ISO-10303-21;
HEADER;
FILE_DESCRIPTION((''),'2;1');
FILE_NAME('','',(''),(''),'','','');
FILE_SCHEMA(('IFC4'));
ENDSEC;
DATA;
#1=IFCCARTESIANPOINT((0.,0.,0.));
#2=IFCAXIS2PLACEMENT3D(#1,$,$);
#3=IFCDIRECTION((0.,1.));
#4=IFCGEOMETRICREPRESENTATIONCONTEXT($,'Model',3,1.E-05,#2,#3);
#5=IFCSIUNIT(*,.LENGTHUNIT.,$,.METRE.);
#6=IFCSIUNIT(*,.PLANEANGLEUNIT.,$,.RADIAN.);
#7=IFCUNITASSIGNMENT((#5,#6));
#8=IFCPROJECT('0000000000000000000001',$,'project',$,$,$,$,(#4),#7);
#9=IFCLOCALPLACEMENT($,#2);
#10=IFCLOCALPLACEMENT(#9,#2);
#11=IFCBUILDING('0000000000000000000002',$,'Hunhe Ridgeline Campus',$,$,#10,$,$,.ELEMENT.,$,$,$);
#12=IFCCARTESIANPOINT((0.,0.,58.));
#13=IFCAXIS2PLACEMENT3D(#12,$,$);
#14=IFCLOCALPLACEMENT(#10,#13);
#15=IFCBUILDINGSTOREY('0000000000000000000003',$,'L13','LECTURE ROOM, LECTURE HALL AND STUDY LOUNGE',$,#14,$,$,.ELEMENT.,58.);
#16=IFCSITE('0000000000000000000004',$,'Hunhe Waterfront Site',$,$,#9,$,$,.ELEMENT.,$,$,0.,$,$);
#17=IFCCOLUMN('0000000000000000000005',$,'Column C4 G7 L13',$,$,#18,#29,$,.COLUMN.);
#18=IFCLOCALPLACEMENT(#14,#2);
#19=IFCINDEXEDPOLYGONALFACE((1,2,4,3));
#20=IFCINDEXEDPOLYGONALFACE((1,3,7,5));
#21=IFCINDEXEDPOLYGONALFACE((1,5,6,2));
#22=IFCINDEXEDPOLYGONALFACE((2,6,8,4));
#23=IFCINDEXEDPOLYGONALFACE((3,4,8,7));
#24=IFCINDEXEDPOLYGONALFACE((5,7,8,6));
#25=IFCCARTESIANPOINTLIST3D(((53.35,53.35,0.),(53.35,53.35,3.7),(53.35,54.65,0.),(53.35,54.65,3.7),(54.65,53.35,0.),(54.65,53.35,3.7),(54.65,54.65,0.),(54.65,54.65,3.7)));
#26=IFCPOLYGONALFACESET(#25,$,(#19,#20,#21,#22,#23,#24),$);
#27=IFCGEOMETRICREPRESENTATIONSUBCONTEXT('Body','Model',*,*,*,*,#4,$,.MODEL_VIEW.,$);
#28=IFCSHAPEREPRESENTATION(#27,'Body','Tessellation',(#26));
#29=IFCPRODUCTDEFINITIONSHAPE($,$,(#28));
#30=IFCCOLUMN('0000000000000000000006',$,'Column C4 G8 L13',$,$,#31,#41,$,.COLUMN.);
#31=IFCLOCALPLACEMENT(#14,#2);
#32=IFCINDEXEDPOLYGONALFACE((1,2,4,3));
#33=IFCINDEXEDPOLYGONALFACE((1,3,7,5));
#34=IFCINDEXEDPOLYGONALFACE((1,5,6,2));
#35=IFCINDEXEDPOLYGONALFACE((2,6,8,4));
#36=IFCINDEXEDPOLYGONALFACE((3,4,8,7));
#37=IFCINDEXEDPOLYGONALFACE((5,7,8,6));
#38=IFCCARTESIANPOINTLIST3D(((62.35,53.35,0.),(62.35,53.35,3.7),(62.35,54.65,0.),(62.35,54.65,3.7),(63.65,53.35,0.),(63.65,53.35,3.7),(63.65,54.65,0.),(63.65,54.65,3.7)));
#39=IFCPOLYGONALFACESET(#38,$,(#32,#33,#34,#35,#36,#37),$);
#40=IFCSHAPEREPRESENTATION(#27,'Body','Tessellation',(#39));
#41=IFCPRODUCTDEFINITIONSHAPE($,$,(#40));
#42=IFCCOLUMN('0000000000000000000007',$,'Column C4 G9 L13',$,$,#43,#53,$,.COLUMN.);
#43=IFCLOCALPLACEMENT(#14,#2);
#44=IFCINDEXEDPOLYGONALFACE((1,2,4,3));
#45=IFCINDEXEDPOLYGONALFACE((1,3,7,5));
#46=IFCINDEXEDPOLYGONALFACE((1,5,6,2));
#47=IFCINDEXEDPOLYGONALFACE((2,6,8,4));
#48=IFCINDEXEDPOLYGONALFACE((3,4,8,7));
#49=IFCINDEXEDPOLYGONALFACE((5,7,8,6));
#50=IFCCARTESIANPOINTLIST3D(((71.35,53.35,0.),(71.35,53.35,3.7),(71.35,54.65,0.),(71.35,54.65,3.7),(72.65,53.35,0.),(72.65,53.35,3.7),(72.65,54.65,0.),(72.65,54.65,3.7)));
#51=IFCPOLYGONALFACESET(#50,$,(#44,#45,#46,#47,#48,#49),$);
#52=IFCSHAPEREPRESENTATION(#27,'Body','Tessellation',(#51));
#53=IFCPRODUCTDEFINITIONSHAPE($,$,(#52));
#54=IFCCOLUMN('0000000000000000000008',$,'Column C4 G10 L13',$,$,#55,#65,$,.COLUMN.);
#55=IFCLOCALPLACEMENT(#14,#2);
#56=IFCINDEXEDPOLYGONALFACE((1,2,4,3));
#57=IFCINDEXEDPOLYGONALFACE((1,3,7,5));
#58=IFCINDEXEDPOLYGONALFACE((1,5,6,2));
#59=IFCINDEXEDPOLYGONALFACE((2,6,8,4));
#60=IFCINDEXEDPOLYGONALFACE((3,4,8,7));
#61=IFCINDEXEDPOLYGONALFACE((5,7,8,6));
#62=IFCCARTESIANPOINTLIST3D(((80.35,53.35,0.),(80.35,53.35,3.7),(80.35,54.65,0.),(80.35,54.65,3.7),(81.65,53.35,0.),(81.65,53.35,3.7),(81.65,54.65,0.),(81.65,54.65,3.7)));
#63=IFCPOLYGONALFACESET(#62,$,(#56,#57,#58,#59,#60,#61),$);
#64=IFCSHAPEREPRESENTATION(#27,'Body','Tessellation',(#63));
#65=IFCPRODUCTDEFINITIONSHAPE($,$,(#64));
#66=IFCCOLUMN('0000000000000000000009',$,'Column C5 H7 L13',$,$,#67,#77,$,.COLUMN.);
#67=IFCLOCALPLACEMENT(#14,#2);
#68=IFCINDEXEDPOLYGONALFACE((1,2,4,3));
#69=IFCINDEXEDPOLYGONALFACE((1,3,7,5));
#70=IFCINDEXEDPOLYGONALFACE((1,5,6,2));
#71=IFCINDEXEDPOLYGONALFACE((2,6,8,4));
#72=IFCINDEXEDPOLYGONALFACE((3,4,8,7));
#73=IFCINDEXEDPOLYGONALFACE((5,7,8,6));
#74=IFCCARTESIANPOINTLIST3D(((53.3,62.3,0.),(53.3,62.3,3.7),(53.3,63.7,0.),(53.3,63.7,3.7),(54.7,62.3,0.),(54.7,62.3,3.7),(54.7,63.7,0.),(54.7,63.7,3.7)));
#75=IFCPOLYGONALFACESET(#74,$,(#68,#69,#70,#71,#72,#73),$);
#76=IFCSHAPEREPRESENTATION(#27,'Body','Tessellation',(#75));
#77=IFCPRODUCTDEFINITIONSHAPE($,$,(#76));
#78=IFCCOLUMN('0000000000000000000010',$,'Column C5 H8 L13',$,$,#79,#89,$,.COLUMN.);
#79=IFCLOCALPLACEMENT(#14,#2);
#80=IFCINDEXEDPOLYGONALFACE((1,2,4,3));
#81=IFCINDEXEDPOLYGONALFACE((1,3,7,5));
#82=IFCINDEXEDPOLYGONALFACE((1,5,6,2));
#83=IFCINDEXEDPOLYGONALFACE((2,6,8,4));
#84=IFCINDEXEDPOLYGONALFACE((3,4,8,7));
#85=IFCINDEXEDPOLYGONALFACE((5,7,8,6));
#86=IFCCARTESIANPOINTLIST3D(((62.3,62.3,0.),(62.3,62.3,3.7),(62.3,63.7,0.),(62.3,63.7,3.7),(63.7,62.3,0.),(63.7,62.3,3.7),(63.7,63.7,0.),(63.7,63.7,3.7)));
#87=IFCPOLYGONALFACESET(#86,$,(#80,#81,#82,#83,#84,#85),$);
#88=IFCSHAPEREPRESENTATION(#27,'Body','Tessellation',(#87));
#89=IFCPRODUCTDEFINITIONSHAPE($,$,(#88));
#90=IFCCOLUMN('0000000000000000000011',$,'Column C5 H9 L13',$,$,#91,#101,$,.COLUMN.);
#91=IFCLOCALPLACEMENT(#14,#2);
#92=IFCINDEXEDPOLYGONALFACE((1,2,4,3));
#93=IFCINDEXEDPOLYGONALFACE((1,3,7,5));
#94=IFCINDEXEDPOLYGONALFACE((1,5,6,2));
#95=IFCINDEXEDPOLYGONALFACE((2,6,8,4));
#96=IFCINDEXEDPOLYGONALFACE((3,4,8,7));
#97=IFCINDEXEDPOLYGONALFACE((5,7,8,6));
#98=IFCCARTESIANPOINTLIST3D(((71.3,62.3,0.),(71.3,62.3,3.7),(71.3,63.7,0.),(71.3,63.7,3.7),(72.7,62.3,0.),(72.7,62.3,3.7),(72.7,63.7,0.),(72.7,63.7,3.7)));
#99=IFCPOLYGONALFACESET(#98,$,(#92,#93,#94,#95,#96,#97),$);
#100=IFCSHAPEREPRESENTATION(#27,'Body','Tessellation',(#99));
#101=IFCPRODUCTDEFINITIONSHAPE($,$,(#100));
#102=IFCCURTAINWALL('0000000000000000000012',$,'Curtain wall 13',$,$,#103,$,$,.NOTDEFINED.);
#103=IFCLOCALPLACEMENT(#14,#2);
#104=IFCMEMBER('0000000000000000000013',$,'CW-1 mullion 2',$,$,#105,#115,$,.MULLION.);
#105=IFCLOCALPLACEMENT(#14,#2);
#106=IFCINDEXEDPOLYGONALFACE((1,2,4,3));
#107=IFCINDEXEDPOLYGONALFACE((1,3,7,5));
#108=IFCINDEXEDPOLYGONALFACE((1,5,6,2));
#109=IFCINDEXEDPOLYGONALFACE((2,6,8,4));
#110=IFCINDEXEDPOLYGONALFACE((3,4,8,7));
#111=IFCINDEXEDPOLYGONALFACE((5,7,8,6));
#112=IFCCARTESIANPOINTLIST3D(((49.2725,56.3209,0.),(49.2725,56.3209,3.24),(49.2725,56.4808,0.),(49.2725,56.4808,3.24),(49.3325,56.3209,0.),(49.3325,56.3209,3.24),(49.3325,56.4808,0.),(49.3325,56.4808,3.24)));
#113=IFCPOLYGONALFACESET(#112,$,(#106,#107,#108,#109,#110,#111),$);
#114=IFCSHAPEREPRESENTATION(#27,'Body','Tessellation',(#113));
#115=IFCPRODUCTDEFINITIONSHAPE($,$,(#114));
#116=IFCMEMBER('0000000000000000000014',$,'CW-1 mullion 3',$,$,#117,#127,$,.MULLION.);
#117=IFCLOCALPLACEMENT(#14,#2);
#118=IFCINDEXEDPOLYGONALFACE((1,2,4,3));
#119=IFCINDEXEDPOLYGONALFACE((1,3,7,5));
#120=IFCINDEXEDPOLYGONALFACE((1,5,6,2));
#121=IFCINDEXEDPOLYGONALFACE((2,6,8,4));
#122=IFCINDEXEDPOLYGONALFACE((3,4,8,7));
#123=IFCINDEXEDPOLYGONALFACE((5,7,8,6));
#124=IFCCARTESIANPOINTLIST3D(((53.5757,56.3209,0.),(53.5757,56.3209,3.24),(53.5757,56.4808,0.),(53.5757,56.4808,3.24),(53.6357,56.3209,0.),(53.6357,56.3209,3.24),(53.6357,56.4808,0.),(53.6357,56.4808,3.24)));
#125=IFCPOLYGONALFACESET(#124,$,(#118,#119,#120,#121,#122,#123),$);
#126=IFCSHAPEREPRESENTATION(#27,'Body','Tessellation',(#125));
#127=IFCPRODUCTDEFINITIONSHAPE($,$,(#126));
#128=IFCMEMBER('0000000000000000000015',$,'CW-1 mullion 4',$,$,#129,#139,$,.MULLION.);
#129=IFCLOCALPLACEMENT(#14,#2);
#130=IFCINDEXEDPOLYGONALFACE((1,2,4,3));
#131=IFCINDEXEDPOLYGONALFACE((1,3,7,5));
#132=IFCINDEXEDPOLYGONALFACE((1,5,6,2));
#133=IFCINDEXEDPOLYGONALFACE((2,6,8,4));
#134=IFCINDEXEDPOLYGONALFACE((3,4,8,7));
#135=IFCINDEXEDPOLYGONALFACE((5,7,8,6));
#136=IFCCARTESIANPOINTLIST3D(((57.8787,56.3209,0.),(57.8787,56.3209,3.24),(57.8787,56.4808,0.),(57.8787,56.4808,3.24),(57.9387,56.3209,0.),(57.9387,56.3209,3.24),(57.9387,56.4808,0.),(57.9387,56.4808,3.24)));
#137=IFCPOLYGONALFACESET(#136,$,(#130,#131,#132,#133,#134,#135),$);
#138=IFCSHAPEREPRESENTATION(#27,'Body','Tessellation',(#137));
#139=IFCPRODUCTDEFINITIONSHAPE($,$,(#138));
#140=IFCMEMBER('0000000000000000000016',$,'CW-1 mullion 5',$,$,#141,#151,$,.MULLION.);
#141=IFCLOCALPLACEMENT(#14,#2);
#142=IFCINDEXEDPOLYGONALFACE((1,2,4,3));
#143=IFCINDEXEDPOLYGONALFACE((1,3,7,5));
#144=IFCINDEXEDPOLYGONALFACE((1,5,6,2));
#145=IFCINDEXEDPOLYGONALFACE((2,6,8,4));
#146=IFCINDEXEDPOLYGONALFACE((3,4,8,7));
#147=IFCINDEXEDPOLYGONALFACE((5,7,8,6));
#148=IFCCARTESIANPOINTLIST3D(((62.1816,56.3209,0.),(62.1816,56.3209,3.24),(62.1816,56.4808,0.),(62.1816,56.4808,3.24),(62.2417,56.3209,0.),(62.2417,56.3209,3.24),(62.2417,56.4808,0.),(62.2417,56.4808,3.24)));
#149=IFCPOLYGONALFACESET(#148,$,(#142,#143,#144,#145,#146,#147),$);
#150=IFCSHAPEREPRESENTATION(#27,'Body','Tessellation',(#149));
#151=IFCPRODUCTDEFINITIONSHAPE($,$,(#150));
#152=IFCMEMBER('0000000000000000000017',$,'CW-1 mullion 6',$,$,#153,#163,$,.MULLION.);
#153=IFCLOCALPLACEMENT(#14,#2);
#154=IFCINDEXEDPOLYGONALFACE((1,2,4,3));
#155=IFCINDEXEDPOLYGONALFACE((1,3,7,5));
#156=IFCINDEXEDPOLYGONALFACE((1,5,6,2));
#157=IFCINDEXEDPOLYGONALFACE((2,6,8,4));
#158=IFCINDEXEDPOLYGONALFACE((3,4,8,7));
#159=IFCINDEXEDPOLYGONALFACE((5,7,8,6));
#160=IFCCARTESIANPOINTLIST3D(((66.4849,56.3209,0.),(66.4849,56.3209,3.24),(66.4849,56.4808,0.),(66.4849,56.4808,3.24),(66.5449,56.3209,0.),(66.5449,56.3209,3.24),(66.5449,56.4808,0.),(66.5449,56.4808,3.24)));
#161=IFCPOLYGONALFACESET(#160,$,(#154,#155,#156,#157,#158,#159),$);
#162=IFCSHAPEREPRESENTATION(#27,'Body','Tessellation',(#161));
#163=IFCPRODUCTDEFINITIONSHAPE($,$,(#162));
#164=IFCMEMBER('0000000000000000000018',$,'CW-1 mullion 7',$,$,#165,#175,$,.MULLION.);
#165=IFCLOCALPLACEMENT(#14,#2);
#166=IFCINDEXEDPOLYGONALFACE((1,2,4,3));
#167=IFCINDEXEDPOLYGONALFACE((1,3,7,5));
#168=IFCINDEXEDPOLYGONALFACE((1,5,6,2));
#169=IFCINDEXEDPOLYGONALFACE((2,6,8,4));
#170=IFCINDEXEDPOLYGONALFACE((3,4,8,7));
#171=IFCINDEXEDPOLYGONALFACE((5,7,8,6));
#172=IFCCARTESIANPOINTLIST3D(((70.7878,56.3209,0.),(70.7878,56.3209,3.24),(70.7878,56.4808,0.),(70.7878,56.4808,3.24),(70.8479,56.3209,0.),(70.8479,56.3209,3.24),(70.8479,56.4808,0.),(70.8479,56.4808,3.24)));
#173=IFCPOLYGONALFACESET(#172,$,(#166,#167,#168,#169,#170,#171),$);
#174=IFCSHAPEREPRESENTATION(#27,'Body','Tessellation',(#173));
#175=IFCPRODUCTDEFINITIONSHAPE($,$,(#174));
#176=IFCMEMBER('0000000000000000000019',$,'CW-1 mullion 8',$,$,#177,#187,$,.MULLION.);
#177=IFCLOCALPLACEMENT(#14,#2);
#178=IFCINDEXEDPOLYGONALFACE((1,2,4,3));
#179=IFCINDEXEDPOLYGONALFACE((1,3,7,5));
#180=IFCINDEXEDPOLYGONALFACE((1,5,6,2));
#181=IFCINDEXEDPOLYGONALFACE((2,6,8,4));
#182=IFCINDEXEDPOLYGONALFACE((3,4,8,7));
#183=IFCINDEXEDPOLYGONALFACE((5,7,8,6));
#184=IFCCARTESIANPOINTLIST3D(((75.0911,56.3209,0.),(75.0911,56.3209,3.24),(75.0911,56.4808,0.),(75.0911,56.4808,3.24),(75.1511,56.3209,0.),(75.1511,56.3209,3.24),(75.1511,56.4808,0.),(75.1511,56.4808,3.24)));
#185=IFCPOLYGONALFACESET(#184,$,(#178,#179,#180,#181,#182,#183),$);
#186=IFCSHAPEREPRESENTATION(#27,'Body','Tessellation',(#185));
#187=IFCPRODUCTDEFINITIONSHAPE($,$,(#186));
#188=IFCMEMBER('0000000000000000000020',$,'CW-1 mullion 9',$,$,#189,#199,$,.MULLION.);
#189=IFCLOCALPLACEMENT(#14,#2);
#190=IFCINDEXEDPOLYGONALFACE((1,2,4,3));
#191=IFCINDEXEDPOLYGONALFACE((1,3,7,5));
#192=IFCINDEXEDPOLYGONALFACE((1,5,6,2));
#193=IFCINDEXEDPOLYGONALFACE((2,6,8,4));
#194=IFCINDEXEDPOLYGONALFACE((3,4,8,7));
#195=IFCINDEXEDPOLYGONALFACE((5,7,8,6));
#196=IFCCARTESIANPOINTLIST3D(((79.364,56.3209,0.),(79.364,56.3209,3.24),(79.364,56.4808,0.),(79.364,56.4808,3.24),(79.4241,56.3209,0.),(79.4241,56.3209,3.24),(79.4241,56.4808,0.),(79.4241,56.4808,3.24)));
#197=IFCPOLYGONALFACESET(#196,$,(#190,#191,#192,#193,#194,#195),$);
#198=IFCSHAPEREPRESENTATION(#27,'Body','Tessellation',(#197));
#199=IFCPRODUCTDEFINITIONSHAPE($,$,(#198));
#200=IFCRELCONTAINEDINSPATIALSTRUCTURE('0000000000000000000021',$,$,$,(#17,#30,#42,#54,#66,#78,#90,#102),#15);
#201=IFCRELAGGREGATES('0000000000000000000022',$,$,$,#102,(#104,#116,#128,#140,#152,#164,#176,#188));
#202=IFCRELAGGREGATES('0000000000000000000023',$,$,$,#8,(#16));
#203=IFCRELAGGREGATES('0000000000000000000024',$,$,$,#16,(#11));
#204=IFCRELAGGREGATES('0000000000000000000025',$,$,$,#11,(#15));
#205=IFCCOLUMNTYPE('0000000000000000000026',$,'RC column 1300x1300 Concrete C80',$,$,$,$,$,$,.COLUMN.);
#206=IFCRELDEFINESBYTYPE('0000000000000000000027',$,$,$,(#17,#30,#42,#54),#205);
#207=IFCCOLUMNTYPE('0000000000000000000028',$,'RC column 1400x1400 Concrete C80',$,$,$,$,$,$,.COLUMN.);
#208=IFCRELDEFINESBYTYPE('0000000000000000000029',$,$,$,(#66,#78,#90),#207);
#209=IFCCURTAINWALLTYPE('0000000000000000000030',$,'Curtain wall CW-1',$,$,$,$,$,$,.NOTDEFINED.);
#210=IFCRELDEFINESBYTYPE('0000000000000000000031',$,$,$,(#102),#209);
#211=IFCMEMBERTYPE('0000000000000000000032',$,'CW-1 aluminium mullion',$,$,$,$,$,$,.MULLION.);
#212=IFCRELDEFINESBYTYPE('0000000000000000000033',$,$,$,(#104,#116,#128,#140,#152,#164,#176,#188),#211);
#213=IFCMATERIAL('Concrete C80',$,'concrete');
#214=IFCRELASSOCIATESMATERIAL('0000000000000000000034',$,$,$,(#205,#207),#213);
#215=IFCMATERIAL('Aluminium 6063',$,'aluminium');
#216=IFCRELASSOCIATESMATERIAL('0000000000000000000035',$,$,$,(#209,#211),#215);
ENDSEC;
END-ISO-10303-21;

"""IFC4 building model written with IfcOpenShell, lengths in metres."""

from ifc_helpers import new_model, si_unit, direction, frame, origin, origin_2d, place, context, subcontext, project, spatial, rectangle, extrude, material, material_profile, profile_set, type_object, element, aggregate, save


model = new_model("IFC4")

# Units and contexts
model_context = context("Model", 3, precision=1e-05, world=origin(), true_north=direction((0.0, 1.0)))
body_context = subcontext(model_context, "Body", "Model", "MODEL_VIEW")
ifc_project = project(units=[si_unit("LENGTHUNIT", "METRE"), si_unit("PLANEANGLEUNIT", "RADIAN")], contexts=[model_context])

# Site, building, storey
site_placement = place(None, origin())
site = spatial("IfcSite", under=ifc_project, at=site_placement, Name="Hunhe Waterfront Site", CompositionType="ELEMENT", RefElevation=0.0)
building_placement = place(site_placement, origin())
building = spatial("IfcBuilding", under=site, at=building_placement, Name="Hunhe Ridgeline Campus", CompositionType="ELEMENT")
storey_placement = place(building_placement, frame((0.0, 0.0, 58.0)))
storey = spatial("IfcBuildingStorey", under=building, at=storey_placement, Name="L13", Description="LECTURE ROOM, LECTURE HALL AND STUDY LOUNGE", CompositionType="ELEMENT", Elevation=58.0)

# Columns
ifc_material_1 = material(Name="Concrete C80", Category="concrete")
ifc_material_profile_1 = material_profile(ifc_material_1, rectangle(XDim=1.3, YDim=1.3, at=origin_2d()))
ifc_profile_set_1 = profile_set([ifc_material_profile_1], Name="Concrete C80")
column_type_1 = type_object("IfcColumnType", Name="RC column 1300x1300 Concrete C80", PredefinedType="COLUMN", material=ifc_profile_set_1)
for number, where, z_axis, x_axis, name in (
    (1, (54.0, 54.0, 0.0), (0.0, 0.0, 1.0), (1.0, 0.0, 0.0), "Column C4 G7 L13"),
    (2, (63.0, 54.0, 0.0), (0.0, 0.0, 1.0), (1.0, 0.0, 0.0), "Column C4 G8 L13"),
    (3, (72.0, 54.0, 0.0), (0.0, 0.0, 1.0), (1.0, 0.0, 0.0), "Column C4 G9 L13"),
    (4, (81.0, 54.0, 0.0), (0.0, 0.0, 1.0), (1.0, 0.0, 0.0), "Column C4 G10 L13"),
):
    element("IfcColumn", number, at=place(storey_placement, frame(where, z_axis=z_axis, x_axis=x_axis)), inside=storey, type_object=column_type_1, Name=name, PredefinedType="COLUMN", context=body_context, shape_type="SweptSolid", body=[
        extrude(rectangle(XDim=1.3, YDim=1.3, at=origin_2d()), origin(), (0.0, 0.0, 1.0), 3.7),
    ])
ifc_material_profile_2 = material_profile(ifc_material_1, rectangle(XDim=1.3999, YDim=1.3999, at=origin_2d()))
ifc_profile_set_2 = profile_set([ifc_material_profile_2], Name="Concrete C80")
column_type_2 = type_object("IfcColumnType", Name="RC column 1400x1400 Concrete C80", PredefinedType="COLUMN", material=ifc_profile_set_2)
for number, where, z_axis, x_axis, name in (
    (5, (54.0, 63.0, 0.0), (0.0, 0.0, 1.0), (1.0, 0.0, 0.0), "Column C5 H7 L13"),
    (6, (63.0, 63.0, 0.0), (0.0, 0.0, 1.0), (1.0, 0.0, 0.0), "Column C5 H8 L13"),
    (7, (72.0, 63.0, 0.0), (0.0, 0.0, 1.0), (1.0, 0.0, 0.0), "Column C5 H9 L13"),
):
    element("IfcColumn", number, at=place(storey_placement, frame(where, z_axis=z_axis, x_axis=x_axis)), inside=storey, type_object=column_type_2, Name=name, PredefinedType="COLUMN", context=body_context, shape_type="SweptSolid", body=[
        extrude(rectangle(XDim=1.3999, YDim=1.3999, at=origin_2d()), origin(), (0.0, 0.0, 1.0), 3.7),
    ])

# Curtain wall, members
ifc_material_2 = material(Name="Aluminium 6063", Category="aluminium")
curtain_wall_type = type_object("IfcCurtainWallType", Name="Curtain wall CW-1", PredefinedType="NOTDEFINED", material=ifc_material_2)
curtain_wall_placement = place(storey_placement, origin())
curtain_wall = element("IfcCurtainWall", 8, at=curtain_wall_placement, inside=storey, type_object=curtain_wall_type, Name="Curtain wall 13", PredefinedType="NOTDEFINED")
ifc_material_profile_3 = material_profile(ifc_material_2, rectangle(XDim=0.1599, YDim=0.0601, at=origin_2d()))
ifc_profile_set_3 = profile_set([ifc_material_profile_3], Name="Aluminium 6063")
member_type = type_object("IfcMemberType", Name="CW-1 aluminium mullion", PredefinedType="MULLION", material=ifc_profile_set_3)
member_1_placement = place(storey_placement, frame((49.3025, 56.4009, 0.0), z_axis=(0.0, 0.0, 1.0), x_axis=(-0.000004, 1.0, 0.0)))
member_1 = element("IfcMember", 9, at=member_1_placement, type_object=member_type, Name="CW-1 mullion 2", PredefinedType="MULLION", context=body_context, shape_type="SweptSolid", body=[
    extrude(rectangle(XDim=0.1599, YDim=0.0601, at=origin_2d()), origin(), (0.0, 0.0, 1.0), 3.24),
])
member_2_placement = place(storey_placement, frame((53.6057, 56.4009, 0.0), z_axis=(0.0, 0.0, 1.0), x_axis=(-0.000004, 1.0, 0.0)))
member_2 = element("IfcMember", 10, at=member_2_placement, type_object=member_type, Name="CW-1 mullion 3", PredefinedType="MULLION", context=body_context, shape_type="SweptSolid", body=[
    extrude(rectangle(XDim=0.1599, YDim=0.0601, at=origin_2d()), origin(), (0.0, 0.0, 1.0), 3.24),
])
member_3_placement = place(storey_placement, frame((57.9087, 56.4009, 0.0), z_axis=(0.0, 0.0, 1.0), x_axis=(-0.000004, 1.0, 0.0)))
member_3 = element("IfcMember", 11, at=member_3_placement, type_object=member_type, Name="CW-1 mullion 4", PredefinedType="MULLION", context=body_context, shape_type="SweptSolid", body=[
    extrude(rectangle(XDim=0.1599, YDim=0.0601, at=origin_2d()), origin(), (0.0, 0.0, 1.0), 3.24),
])
member_4_placement = place(storey_placement, frame((62.2117, 56.4009, 0.0), z_axis=(0.0, 0.0, 1.0), x_axis=(-0.000004, 1.0, 0.0)))
member_4 = element("IfcMember", 12, at=member_4_placement, type_object=member_type, Name="CW-1 mullion 5", PredefinedType="MULLION", context=body_context, shape_type="SweptSolid", body=[
    extrude(rectangle(XDim=0.1599, YDim=0.0601, at=origin_2d()), origin(), (0.0, 0.0, 1.0), 3.24),
])
member_5_placement = place(storey_placement, frame((66.5149, 56.4009, 0.0), z_axis=(0.0, 0.0, 1.0), x_axis=(-0.000004, 1.0, 0.0)))
member_5 = element("IfcMember", 13, at=member_5_placement, type_object=member_type, Name="CW-1 mullion 6", PredefinedType="MULLION", context=body_context, shape_type="SweptSolid", body=[
    extrude(rectangle(XDim=0.1599, YDim=0.0601, at=origin_2d()), origin(), (0.0, 0.0, 1.0), 3.24),
])
member_6_placement = place(storey_placement, frame((70.8179, 56.4009, 0.0), z_axis=(0.0, 0.0, 1.0), x_axis=(-0.000004, 1.0, 0.0)))
member_6 = element("IfcMember", 14, at=member_6_placement, type_object=member_type, Name="CW-1 mullion 7", PredefinedType="MULLION", context=body_context, shape_type="SweptSolid", body=[
    extrude(rectangle(XDim=0.1599, YDim=0.0601, at=origin_2d()), origin(), (0.0, 0.0, 1.0), 3.24),
])
member_7_placement = place(storey_placement, frame((75.1211, 56.4009, 0.0), z_axis=(0.0, 0.0, 1.0), x_axis=(-0.000004, 1.0, 0.0)))
member_7 = element("IfcMember", 15, at=member_7_placement, type_object=member_type, Name="CW-1 mullion 8", PredefinedType="MULLION", context=body_context, shape_type="SweptSolid", body=[
    extrude(rectangle(XDim=0.1599, YDim=0.0601, at=origin_2d()), origin(), (0.0, 0.0, 1.0), 3.24),
])
member_8_placement = place(storey_placement, frame((79.394, 56.4009, 0.0), z_axis=(0.0, 0.0, 1.0), x_axis=(-0.000004, 1.0, 0.0)))
member_8 = element("IfcMember", 16, at=member_8_placement, type_object=member_type, Name="CW-1 mullion 9", PredefinedType="MULLION", context=body_context, shape_type="SweptSolid", body=[
    extrude(rectangle(XDim=0.1599, YDim=0.0601, at=origin_2d()), origin(), (0.0, 0.0, 1.0), 3.24),
])

aggregate(curtain_wall, [member_1, member_2, member_3, member_4, member_5, member_6, member_7, member_8])

save(model, "model.ifc")
